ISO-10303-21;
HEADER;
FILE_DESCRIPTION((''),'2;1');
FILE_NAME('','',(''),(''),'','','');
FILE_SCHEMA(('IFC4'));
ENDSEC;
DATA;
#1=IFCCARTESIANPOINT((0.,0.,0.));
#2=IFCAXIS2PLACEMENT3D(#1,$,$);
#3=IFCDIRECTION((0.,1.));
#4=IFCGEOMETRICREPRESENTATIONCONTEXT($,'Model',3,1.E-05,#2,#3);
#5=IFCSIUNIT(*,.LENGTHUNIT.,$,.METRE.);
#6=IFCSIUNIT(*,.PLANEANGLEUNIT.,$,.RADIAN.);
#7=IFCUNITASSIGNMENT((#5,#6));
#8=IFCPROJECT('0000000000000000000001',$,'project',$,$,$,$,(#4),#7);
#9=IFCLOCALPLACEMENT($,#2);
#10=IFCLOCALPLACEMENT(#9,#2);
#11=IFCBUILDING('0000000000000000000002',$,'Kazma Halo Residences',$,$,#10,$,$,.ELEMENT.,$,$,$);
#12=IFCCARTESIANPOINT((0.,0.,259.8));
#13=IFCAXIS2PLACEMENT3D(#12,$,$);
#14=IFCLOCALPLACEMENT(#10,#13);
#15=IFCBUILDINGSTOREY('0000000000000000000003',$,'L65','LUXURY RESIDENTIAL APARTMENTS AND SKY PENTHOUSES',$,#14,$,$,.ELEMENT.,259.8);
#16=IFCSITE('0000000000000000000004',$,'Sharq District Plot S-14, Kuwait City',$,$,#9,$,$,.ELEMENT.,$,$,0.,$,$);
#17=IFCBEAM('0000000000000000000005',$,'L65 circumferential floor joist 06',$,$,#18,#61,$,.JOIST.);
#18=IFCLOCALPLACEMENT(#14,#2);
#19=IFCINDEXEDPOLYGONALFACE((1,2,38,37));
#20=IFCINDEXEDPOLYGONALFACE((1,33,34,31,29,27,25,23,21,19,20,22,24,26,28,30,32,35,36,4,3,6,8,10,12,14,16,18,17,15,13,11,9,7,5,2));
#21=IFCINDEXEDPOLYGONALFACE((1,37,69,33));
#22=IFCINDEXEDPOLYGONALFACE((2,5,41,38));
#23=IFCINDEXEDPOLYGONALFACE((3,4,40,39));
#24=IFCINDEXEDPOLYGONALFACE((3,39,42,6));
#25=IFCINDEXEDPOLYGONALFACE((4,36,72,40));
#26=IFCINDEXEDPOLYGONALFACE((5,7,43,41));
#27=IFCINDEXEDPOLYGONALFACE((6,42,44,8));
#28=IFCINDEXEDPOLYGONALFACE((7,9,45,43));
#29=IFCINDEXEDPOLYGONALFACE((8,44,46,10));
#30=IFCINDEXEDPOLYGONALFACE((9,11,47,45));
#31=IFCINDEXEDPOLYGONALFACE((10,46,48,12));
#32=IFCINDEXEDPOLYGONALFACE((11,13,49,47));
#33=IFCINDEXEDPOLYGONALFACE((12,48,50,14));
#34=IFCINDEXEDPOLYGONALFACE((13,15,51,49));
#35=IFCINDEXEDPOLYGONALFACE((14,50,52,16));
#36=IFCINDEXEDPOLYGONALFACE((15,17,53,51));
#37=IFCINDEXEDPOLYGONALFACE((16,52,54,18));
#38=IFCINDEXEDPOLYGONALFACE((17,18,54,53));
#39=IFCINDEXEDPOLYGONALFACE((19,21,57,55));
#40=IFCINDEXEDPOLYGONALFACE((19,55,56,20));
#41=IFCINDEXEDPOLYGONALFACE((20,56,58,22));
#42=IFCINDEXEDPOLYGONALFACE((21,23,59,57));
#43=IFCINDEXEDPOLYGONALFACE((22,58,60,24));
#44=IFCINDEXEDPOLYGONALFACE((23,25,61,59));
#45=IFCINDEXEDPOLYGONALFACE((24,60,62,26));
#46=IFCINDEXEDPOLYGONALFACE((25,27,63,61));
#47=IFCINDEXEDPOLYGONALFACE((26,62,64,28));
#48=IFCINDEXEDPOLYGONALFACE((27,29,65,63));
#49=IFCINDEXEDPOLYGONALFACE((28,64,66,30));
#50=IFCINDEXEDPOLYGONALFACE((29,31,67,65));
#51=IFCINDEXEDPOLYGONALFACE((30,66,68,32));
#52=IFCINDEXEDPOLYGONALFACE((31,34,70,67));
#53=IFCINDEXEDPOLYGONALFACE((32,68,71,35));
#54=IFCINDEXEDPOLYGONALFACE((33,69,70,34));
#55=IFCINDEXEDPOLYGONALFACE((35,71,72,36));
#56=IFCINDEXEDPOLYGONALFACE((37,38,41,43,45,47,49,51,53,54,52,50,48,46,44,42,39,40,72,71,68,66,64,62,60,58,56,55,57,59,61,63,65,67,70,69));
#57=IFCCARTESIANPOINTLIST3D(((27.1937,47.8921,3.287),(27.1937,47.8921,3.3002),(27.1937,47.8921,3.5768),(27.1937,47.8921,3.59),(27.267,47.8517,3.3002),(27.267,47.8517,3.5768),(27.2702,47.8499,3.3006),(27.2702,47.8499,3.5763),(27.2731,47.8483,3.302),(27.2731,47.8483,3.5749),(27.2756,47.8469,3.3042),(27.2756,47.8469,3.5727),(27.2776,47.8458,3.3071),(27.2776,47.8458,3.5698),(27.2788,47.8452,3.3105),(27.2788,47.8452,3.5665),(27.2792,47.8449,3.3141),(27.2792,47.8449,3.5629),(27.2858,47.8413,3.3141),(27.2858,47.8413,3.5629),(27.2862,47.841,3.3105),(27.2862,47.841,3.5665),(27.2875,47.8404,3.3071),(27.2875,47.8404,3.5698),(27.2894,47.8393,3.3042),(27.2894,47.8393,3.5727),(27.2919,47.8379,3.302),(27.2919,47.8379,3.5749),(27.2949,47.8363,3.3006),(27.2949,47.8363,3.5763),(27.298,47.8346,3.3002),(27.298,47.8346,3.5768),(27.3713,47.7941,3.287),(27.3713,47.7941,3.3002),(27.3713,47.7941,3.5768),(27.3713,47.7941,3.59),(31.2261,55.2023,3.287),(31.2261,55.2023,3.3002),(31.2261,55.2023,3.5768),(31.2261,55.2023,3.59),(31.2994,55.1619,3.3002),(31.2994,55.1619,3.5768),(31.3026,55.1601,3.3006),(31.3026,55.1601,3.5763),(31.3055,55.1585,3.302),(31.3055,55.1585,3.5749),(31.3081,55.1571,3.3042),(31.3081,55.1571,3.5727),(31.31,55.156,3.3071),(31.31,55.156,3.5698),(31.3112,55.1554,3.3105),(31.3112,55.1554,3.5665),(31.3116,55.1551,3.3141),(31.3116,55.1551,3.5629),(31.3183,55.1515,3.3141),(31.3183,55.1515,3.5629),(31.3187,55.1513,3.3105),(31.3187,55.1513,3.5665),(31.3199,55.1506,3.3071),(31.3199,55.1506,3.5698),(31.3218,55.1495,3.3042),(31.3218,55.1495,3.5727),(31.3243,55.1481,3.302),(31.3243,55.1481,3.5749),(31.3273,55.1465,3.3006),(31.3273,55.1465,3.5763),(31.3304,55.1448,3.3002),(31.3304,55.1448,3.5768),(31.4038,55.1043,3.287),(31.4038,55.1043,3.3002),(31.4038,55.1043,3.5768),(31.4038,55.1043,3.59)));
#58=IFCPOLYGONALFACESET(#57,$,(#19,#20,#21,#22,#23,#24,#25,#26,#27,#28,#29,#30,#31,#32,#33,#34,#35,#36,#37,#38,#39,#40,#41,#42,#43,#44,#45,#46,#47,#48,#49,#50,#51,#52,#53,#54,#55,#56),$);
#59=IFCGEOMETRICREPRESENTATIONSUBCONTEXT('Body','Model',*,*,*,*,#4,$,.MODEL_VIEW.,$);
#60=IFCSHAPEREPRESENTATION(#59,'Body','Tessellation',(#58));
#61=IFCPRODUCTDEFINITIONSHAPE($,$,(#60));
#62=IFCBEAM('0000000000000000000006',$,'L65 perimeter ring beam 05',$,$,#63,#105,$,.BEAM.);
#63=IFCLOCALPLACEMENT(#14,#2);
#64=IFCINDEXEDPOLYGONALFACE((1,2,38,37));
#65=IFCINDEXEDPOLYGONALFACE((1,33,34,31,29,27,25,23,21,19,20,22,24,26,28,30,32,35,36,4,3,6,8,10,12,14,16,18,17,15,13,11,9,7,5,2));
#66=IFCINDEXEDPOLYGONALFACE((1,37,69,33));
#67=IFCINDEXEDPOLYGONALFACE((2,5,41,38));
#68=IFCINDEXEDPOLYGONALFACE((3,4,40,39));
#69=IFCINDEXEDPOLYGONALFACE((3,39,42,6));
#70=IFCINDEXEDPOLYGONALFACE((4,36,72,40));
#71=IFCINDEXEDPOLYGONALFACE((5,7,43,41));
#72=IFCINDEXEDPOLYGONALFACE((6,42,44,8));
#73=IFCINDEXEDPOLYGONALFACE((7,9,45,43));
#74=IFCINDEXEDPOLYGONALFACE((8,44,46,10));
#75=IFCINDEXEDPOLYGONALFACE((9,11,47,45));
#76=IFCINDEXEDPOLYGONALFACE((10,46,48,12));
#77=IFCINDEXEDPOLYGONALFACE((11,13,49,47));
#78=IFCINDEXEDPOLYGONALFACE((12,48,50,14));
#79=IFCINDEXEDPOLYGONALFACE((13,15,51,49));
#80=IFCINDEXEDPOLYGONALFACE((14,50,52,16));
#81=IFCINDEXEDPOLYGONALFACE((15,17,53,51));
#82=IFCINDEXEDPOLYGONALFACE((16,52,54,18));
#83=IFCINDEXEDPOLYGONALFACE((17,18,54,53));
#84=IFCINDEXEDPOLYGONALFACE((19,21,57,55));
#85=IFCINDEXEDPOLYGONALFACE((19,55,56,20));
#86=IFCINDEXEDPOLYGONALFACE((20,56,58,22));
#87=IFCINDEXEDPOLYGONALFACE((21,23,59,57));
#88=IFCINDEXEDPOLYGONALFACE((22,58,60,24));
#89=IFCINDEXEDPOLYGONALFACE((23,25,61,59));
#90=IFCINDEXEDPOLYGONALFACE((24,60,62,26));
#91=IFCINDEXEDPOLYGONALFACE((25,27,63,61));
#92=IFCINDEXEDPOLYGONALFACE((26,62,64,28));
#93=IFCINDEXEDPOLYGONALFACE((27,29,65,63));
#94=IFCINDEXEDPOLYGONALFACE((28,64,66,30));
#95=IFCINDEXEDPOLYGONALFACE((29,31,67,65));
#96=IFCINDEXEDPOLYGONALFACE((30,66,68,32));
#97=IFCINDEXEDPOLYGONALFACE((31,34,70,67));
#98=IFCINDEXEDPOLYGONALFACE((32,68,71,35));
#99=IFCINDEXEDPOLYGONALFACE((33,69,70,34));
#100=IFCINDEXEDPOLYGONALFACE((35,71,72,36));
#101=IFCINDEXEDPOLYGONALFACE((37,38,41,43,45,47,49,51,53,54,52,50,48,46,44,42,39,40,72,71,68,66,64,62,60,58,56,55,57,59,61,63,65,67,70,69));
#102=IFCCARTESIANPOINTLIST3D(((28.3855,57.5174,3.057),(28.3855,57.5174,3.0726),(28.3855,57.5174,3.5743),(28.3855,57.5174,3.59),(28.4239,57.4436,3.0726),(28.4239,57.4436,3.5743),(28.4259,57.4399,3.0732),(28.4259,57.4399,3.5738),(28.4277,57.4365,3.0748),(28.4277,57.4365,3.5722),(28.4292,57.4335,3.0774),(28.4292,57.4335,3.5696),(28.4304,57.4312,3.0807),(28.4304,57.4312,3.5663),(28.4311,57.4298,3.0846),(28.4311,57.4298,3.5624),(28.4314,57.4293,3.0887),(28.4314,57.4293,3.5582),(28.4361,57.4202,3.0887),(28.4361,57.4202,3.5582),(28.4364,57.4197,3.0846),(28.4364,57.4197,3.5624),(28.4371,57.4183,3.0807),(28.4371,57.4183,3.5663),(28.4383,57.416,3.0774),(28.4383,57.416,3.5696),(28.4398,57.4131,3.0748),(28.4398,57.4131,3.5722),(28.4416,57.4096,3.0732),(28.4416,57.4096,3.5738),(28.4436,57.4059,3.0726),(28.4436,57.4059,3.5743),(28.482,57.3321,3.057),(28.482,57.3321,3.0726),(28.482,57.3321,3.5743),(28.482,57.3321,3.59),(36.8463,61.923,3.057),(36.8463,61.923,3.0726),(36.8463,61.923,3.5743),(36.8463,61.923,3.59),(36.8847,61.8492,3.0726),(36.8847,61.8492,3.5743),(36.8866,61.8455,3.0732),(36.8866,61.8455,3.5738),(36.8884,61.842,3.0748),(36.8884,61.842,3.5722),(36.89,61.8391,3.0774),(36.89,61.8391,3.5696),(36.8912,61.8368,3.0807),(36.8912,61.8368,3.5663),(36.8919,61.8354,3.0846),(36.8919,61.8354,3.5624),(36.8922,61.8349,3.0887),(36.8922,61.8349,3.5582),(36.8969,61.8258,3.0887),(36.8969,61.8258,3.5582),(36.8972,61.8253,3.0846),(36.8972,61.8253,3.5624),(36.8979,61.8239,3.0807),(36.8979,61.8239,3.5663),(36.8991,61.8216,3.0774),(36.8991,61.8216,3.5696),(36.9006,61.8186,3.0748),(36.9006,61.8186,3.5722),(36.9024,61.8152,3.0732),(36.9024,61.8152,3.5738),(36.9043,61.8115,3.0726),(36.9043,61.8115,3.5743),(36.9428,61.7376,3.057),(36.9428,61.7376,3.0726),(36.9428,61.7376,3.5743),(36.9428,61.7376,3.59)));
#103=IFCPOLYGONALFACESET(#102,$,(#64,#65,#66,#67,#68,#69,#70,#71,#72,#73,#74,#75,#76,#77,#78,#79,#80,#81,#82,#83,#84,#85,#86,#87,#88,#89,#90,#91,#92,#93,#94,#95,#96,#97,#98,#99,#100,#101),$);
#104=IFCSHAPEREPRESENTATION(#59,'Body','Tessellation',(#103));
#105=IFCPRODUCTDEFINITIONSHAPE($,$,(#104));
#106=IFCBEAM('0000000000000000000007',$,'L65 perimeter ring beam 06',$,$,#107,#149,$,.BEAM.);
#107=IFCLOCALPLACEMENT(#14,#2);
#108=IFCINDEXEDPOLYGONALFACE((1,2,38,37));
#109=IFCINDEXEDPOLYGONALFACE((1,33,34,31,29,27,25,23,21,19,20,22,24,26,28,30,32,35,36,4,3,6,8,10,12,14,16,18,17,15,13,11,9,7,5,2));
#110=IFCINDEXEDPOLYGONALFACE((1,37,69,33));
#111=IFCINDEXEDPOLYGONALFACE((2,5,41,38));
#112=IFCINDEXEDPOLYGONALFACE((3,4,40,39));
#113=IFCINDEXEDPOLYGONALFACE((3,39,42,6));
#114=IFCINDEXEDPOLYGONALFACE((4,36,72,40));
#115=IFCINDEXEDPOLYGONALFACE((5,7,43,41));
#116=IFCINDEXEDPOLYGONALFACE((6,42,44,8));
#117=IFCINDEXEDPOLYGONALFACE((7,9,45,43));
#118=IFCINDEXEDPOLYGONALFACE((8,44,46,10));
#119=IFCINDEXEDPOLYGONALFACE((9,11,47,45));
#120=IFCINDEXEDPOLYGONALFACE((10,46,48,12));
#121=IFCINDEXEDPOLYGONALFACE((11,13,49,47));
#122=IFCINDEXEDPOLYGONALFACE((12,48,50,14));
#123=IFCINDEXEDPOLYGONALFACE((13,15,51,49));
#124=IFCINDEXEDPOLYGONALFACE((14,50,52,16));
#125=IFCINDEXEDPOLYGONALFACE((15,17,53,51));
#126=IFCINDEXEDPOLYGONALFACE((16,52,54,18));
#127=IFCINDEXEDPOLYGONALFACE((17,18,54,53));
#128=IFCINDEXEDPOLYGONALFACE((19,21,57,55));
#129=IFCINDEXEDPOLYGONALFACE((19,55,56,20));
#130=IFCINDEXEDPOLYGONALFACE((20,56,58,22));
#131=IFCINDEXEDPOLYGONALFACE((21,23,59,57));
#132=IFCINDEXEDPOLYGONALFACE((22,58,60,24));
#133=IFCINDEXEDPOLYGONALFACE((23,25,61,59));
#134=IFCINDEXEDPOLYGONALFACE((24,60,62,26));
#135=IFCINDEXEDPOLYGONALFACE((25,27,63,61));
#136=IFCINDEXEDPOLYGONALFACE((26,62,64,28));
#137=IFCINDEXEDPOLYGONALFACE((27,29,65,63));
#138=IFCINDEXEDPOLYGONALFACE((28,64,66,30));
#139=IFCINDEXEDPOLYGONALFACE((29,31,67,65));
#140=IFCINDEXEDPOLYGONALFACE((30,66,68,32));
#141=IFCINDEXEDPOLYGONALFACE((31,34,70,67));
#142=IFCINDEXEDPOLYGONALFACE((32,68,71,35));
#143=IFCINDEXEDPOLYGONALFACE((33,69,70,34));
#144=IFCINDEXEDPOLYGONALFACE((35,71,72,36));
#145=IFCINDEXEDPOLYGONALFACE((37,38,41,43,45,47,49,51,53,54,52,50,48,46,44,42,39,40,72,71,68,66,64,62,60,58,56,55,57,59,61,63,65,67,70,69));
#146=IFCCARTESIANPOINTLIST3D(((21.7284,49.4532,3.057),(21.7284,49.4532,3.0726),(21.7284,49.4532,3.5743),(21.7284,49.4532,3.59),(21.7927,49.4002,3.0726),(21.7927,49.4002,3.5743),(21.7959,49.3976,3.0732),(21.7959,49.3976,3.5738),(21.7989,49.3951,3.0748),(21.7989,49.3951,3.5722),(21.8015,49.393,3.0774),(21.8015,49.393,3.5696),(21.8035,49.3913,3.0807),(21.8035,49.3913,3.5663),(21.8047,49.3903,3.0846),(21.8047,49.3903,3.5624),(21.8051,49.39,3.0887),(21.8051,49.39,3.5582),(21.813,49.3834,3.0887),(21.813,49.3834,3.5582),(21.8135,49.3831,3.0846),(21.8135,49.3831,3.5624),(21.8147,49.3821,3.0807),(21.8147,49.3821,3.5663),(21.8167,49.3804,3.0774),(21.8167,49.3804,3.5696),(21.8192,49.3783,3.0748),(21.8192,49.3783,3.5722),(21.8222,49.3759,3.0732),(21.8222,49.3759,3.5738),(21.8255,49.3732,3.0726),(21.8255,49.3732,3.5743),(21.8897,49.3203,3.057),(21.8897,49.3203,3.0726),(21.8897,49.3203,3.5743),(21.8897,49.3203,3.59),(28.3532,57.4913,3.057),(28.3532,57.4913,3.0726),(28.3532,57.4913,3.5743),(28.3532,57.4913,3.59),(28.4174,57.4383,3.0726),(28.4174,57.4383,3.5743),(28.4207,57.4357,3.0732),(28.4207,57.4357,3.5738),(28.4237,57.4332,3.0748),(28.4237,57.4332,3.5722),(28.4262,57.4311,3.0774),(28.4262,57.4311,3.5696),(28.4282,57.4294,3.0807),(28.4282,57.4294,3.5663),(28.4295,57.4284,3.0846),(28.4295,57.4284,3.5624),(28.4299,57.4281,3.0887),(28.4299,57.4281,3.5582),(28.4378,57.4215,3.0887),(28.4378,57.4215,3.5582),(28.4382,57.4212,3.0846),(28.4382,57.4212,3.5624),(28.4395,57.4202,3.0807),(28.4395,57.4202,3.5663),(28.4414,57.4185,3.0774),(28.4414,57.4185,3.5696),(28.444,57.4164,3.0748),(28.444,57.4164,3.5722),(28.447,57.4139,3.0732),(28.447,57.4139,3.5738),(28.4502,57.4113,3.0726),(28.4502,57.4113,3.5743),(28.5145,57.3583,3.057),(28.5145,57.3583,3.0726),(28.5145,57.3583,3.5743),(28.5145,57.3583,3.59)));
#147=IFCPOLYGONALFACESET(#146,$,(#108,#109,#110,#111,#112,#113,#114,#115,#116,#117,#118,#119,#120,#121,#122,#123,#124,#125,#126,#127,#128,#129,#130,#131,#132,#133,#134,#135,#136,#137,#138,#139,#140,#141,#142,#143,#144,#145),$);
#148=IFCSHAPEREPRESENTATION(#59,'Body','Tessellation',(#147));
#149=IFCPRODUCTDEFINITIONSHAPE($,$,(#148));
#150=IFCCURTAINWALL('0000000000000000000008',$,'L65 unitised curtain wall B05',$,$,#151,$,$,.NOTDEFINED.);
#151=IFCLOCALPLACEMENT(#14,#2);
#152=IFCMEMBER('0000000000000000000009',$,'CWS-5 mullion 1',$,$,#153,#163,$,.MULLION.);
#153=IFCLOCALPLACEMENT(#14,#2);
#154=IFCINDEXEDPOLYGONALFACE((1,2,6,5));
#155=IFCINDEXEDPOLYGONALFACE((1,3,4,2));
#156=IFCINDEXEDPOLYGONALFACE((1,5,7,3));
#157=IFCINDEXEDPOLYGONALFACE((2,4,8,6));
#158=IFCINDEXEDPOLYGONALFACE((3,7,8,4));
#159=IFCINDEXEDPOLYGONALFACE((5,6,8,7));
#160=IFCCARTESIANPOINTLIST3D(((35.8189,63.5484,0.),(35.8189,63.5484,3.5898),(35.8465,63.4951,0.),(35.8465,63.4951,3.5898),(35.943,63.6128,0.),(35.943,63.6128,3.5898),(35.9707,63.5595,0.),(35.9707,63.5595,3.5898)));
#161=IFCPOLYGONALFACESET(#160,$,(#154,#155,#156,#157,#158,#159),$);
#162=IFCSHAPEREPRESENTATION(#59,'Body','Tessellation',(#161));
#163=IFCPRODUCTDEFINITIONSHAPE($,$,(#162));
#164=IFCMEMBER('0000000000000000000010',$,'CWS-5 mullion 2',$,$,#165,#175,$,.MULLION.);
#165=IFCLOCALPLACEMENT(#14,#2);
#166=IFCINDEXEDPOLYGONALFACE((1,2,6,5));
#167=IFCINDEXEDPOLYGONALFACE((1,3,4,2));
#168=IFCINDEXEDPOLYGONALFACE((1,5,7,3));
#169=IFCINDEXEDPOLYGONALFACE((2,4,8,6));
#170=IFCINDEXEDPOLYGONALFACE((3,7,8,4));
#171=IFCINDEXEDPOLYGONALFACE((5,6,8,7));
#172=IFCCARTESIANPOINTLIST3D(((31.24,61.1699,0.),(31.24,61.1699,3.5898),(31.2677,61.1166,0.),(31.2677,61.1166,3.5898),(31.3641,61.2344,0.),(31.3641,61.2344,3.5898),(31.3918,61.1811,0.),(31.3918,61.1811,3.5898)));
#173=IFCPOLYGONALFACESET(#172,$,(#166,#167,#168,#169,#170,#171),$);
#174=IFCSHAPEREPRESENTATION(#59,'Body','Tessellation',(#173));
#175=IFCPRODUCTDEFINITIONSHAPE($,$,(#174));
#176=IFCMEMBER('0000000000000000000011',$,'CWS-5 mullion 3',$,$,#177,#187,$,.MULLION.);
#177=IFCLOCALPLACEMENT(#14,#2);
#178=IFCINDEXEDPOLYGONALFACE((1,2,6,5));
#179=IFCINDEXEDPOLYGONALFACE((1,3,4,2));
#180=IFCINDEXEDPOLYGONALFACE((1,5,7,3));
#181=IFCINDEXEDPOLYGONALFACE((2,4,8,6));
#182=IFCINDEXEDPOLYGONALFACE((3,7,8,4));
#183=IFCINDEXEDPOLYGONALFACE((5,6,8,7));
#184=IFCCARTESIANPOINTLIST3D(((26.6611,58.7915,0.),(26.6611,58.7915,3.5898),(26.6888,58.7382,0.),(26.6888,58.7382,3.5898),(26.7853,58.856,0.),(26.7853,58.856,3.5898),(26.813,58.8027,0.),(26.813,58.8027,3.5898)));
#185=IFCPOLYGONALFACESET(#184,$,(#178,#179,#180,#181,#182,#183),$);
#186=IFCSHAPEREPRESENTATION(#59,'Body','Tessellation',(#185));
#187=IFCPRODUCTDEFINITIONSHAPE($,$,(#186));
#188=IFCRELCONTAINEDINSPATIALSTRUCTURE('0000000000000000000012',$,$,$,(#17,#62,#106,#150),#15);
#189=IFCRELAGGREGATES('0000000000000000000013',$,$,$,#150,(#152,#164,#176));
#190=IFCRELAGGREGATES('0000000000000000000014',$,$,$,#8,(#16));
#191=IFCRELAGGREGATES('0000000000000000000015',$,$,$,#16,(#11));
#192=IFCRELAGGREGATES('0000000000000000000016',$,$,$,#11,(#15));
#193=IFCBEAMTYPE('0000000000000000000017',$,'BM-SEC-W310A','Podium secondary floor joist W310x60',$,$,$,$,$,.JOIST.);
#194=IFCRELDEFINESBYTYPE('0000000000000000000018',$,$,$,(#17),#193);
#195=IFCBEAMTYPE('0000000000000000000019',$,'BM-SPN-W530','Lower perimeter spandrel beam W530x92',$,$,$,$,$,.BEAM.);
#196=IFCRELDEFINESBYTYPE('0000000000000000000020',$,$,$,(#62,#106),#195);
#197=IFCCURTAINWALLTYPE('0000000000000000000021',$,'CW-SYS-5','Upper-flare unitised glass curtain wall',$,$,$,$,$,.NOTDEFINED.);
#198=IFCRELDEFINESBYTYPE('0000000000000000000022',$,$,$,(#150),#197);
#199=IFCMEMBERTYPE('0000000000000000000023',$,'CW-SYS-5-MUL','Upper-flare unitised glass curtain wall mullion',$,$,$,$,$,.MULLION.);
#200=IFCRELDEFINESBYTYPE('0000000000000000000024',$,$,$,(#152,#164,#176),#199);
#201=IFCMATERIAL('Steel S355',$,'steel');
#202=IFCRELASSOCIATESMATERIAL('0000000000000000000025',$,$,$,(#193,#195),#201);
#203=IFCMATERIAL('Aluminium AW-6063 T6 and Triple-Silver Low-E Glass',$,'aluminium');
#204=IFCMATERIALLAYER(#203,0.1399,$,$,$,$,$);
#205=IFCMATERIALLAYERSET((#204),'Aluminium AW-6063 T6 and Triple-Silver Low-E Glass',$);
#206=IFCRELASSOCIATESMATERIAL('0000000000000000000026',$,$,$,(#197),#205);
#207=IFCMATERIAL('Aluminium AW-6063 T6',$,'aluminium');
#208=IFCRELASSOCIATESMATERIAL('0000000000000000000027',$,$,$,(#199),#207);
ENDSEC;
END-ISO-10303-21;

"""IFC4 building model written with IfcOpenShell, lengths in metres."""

from ifc_helpers import new_model, si_unit, direction, frame, origin, origin_2d, place, context, subcontext, project, spatial, rectangle, i_section, extrude, material, layer, layer_set, material_profile, profile_set, type_object, element, aggregate, save


model = new_model("IFC4")

# Units and contexts
model_context = context("Model", 3, precision=1e-05, world=origin(), true_north=direction((0.0, 1.0)))
body_context = subcontext(model_context, "Body", "Model", "MODEL_VIEW")
ifc_project = project(units=[si_unit("LENGTHUNIT", "METRE"), si_unit("PLANEANGLEUNIT", "RADIAN")], contexts=[model_context])

# Site, building, storey
site_placement = place(None, origin())
site = spatial("IfcSite", under=ifc_project, at=site_placement, Name="Sharq District Plot S-14, Kuwait City", CompositionType="ELEMENT", RefElevation=0.0)
building_placement = place(site_placement, origin())
building = spatial("IfcBuilding", under=site, at=building_placement, Name="Kazma Halo Residences", CompositionType="ELEMENT")
storey_placement = place(building_placement, frame((0.0, 0.0, 259.8)))
storey = spatial("IfcBuildingStorey", under=building, at=storey_placement, Name="L65", Description="LUXURY RESIDENTIAL APARTMENTS AND SKY PENTHOUSES", CompositionType="ELEMENT", Elevation=259.8)

# Beams
ifc_material_1 = material(Name="Steel S355", Category="steel")
ifc_material_profile_1 = material_profile(ifc_material_1, i_section(OverallWidth=0.2029, OverallDepth=0.303, WebThickness=0.0076, FlangeThickness=0.0132, FilletRadius=0.0139, at=origin_2d()), Name="W310x60")
ifc_profile_set_1 = profile_set([ifc_material_profile_1], Name="Steel S355")
beam_type_1 = type_object("IfcBeamType", Name="BM-SEC-W310A", Description="Podium secondary floor joist W310x60", PredefinedType="JOIST", material=ifc_profile_set_1)
beam_1_placement = place(storey_placement, frame((31.3149, 55.1533, 3.4385), z_axis=(-0.483004, -0.875618, 0.0), x_axis=(0.875618, -0.483004, 0.0)))
element("IfcBeam", 1, at=beam_1_placement, inside=storey, type_object=beam_type_1, Name="L65 circumferential floor joist 06", PredefinedType="JOIST", context=body_context, shape_type="SweptSolid", body=[
    extrude(i_section(OverallWidth=0.2029, OverallDepth=0.303, WebThickness=0.0076, FlangeThickness=0.0132, FilletRadius=0.0139, at=origin_2d()), origin(), (0.0, 0.0, 1.0), 8.3486),
])
ifc_material_profile_2 = material_profile(ifc_material_1, i_section(OverallWidth=0.209, OverallDepth=0.533, WebThickness=0.0103, FlangeThickness=0.0156, FilletRadius=0.0161, at=origin_2d()), Name="W530x92")
ifc_profile_set_2 = profile_set([ifc_material_profile_2], Name="Steel S355")
beam_type_2 = type_object("IfcBeamType", Name="BM-SPN-W530", Description="Lower perimeter spandrel beam W530x92", PredefinedType="BEAM", material=ifc_profile_set_2)
beam_2_placement = place(storey_placement, frame((36.8945, 61.8303, 3.3235), z_axis=(-0.886961, -0.461844, 0.0), x_axis=(0.461844, -0.886961, 0.0)))
element("IfcBeam", 2, at=beam_2_placement, inside=storey, type_object=beam_type_2, Name="L65 perimeter ring beam 05", PredefinedType="BEAM", context=body_context, shape_type="SweptSolid", body=[
    extrude(i_section(OverallWidth=0.209, OverallDepth=0.533, WebThickness=0.0103, FlangeThickness=0.0156, FilletRadius=0.0161, at=origin_2d()), origin(), (0.0, 0.0, 1.0), 9.5391),
])
beam_3_placement = place(storey_placement, frame((28.4338, 57.4248, 3.3235), z_axis=(-0.636002, -0.771687, 0.0), x_axis=(0.771687, -0.636002, 0.0)))
element("IfcBeam", 3, at=beam_3_placement, inside=storey, type_object=beam_type_2, Name="L65 perimeter ring beam 06", PredefinedType="BEAM", context=body_context, shape_type="SweptSolid", body=[
    extrude(i_section(OverallWidth=0.209, OverallDepth=0.533, WebThickness=0.0103, FlangeThickness=0.0156, FilletRadius=0.0161, at=origin_2d()), origin(), (0.0, 0.0, 1.0), 10.4163),
])

# Curtain wall, members
ifc_material_2 = material(Name="Aluminium AW-6063 T6 and Triple-Silver Low-E Glass", Category="aluminium")
ifc_layer_1 = layer(ifc_material_2, 0.1399)
ifc_layer_set_1 = layer_set([ifc_layer_1], Name="Aluminium AW-6063 T6 and Triple-Silver Low-E Glass")
curtain_wall_type = type_object("IfcCurtainWallType", Name="CW-SYS-5", Description="Upper-flare unitised glass curtain wall", PredefinedType="NOTDEFINED", material=ifc_layer_set_1)
curtain_wall_1_placement = place(storey_placement, origin())
curtain_wall_1 = element("IfcCurtainWall", 4, at=curtain_wall_1_placement, inside=storey, type_object=curtain_wall_type, Name="L65 unitised curtain wall B05", PredefinedType="NOTDEFINED")
ifc_material_3 = material(Name="Aluminium AW-6063 T6", Category="aluminium")
ifc_material_profile_3 = material_profile(ifc_material_3, rectangle(XDim=0.0601, YDim=0.1399, at=origin_2d()), Name="CWM-60x140")
ifc_profile_set_3 = profile_set([ifc_material_profile_3], Name="Aluminium AW-6063 T6")
member_type_1 = type_object("IfcMemberType", Name="CW-SYS-5-MUL", Description="Upper-flare unitised glass curtain wall mullion", PredefinedType="MULLION", material=ifc_profile_set_3)
member_1_placement = place(storey_placement, frame((35.8948, 63.554, 0.0), z_axis=(0.0, 0.0, 1.0), x_axis=(0.460961, -0.887421, 0.0)))
member_1 = element("IfcMember", 5, at=member_1_placement, type_object=member_type_1, Name="CWS-5 mullion 1", PredefinedType="MULLION", context=body_context, shape_type="SweptSolid", body=[
    extrude(rectangle(XDim=0.0601, YDim=0.1399, at=origin_2d()), origin(), (0.0, 0.0, 1.0), 3.5898),
])
member_2_placement = place(storey_placement, frame((31.3159, 61.1755, 0.0), z_axis=(0.0, 0.0, 1.0), x_axis=(0.460961, -0.887421, 0.0)))
member_2 = element("IfcMember", 6, at=member_2_placement, type_object=member_type_1, Name="CWS-5 mullion 2", PredefinedType="MULLION", context=body_context, shape_type="SweptSolid", body=[
    extrude(rectangle(XDim=0.0601, YDim=0.1399, at=origin_2d()), origin(), (0.0, 0.0, 1.0), 3.5898),
])
member_3_placement = place(storey_placement, frame((26.7371, 58.7971, 0.0), z_axis=(0.0, 0.0, 1.0), x_axis=(0.460961, -0.887421, 0.0)))
member_3 = element("IfcMember", 7, at=member_3_placement, type_object=member_type_1, Name="CWS-5 mullion 3", PredefinedType="MULLION", context=body_context, shape_type="SweptSolid", body=[
    extrude(rectangle(XDim=0.0601, YDim=0.1399, at=origin_2d()), origin(), (0.0, 0.0, 1.0), 3.5898),
])

aggregate(curtain_wall_1, [member_1, member_2, member_3])

save(model, "model.ifc")
